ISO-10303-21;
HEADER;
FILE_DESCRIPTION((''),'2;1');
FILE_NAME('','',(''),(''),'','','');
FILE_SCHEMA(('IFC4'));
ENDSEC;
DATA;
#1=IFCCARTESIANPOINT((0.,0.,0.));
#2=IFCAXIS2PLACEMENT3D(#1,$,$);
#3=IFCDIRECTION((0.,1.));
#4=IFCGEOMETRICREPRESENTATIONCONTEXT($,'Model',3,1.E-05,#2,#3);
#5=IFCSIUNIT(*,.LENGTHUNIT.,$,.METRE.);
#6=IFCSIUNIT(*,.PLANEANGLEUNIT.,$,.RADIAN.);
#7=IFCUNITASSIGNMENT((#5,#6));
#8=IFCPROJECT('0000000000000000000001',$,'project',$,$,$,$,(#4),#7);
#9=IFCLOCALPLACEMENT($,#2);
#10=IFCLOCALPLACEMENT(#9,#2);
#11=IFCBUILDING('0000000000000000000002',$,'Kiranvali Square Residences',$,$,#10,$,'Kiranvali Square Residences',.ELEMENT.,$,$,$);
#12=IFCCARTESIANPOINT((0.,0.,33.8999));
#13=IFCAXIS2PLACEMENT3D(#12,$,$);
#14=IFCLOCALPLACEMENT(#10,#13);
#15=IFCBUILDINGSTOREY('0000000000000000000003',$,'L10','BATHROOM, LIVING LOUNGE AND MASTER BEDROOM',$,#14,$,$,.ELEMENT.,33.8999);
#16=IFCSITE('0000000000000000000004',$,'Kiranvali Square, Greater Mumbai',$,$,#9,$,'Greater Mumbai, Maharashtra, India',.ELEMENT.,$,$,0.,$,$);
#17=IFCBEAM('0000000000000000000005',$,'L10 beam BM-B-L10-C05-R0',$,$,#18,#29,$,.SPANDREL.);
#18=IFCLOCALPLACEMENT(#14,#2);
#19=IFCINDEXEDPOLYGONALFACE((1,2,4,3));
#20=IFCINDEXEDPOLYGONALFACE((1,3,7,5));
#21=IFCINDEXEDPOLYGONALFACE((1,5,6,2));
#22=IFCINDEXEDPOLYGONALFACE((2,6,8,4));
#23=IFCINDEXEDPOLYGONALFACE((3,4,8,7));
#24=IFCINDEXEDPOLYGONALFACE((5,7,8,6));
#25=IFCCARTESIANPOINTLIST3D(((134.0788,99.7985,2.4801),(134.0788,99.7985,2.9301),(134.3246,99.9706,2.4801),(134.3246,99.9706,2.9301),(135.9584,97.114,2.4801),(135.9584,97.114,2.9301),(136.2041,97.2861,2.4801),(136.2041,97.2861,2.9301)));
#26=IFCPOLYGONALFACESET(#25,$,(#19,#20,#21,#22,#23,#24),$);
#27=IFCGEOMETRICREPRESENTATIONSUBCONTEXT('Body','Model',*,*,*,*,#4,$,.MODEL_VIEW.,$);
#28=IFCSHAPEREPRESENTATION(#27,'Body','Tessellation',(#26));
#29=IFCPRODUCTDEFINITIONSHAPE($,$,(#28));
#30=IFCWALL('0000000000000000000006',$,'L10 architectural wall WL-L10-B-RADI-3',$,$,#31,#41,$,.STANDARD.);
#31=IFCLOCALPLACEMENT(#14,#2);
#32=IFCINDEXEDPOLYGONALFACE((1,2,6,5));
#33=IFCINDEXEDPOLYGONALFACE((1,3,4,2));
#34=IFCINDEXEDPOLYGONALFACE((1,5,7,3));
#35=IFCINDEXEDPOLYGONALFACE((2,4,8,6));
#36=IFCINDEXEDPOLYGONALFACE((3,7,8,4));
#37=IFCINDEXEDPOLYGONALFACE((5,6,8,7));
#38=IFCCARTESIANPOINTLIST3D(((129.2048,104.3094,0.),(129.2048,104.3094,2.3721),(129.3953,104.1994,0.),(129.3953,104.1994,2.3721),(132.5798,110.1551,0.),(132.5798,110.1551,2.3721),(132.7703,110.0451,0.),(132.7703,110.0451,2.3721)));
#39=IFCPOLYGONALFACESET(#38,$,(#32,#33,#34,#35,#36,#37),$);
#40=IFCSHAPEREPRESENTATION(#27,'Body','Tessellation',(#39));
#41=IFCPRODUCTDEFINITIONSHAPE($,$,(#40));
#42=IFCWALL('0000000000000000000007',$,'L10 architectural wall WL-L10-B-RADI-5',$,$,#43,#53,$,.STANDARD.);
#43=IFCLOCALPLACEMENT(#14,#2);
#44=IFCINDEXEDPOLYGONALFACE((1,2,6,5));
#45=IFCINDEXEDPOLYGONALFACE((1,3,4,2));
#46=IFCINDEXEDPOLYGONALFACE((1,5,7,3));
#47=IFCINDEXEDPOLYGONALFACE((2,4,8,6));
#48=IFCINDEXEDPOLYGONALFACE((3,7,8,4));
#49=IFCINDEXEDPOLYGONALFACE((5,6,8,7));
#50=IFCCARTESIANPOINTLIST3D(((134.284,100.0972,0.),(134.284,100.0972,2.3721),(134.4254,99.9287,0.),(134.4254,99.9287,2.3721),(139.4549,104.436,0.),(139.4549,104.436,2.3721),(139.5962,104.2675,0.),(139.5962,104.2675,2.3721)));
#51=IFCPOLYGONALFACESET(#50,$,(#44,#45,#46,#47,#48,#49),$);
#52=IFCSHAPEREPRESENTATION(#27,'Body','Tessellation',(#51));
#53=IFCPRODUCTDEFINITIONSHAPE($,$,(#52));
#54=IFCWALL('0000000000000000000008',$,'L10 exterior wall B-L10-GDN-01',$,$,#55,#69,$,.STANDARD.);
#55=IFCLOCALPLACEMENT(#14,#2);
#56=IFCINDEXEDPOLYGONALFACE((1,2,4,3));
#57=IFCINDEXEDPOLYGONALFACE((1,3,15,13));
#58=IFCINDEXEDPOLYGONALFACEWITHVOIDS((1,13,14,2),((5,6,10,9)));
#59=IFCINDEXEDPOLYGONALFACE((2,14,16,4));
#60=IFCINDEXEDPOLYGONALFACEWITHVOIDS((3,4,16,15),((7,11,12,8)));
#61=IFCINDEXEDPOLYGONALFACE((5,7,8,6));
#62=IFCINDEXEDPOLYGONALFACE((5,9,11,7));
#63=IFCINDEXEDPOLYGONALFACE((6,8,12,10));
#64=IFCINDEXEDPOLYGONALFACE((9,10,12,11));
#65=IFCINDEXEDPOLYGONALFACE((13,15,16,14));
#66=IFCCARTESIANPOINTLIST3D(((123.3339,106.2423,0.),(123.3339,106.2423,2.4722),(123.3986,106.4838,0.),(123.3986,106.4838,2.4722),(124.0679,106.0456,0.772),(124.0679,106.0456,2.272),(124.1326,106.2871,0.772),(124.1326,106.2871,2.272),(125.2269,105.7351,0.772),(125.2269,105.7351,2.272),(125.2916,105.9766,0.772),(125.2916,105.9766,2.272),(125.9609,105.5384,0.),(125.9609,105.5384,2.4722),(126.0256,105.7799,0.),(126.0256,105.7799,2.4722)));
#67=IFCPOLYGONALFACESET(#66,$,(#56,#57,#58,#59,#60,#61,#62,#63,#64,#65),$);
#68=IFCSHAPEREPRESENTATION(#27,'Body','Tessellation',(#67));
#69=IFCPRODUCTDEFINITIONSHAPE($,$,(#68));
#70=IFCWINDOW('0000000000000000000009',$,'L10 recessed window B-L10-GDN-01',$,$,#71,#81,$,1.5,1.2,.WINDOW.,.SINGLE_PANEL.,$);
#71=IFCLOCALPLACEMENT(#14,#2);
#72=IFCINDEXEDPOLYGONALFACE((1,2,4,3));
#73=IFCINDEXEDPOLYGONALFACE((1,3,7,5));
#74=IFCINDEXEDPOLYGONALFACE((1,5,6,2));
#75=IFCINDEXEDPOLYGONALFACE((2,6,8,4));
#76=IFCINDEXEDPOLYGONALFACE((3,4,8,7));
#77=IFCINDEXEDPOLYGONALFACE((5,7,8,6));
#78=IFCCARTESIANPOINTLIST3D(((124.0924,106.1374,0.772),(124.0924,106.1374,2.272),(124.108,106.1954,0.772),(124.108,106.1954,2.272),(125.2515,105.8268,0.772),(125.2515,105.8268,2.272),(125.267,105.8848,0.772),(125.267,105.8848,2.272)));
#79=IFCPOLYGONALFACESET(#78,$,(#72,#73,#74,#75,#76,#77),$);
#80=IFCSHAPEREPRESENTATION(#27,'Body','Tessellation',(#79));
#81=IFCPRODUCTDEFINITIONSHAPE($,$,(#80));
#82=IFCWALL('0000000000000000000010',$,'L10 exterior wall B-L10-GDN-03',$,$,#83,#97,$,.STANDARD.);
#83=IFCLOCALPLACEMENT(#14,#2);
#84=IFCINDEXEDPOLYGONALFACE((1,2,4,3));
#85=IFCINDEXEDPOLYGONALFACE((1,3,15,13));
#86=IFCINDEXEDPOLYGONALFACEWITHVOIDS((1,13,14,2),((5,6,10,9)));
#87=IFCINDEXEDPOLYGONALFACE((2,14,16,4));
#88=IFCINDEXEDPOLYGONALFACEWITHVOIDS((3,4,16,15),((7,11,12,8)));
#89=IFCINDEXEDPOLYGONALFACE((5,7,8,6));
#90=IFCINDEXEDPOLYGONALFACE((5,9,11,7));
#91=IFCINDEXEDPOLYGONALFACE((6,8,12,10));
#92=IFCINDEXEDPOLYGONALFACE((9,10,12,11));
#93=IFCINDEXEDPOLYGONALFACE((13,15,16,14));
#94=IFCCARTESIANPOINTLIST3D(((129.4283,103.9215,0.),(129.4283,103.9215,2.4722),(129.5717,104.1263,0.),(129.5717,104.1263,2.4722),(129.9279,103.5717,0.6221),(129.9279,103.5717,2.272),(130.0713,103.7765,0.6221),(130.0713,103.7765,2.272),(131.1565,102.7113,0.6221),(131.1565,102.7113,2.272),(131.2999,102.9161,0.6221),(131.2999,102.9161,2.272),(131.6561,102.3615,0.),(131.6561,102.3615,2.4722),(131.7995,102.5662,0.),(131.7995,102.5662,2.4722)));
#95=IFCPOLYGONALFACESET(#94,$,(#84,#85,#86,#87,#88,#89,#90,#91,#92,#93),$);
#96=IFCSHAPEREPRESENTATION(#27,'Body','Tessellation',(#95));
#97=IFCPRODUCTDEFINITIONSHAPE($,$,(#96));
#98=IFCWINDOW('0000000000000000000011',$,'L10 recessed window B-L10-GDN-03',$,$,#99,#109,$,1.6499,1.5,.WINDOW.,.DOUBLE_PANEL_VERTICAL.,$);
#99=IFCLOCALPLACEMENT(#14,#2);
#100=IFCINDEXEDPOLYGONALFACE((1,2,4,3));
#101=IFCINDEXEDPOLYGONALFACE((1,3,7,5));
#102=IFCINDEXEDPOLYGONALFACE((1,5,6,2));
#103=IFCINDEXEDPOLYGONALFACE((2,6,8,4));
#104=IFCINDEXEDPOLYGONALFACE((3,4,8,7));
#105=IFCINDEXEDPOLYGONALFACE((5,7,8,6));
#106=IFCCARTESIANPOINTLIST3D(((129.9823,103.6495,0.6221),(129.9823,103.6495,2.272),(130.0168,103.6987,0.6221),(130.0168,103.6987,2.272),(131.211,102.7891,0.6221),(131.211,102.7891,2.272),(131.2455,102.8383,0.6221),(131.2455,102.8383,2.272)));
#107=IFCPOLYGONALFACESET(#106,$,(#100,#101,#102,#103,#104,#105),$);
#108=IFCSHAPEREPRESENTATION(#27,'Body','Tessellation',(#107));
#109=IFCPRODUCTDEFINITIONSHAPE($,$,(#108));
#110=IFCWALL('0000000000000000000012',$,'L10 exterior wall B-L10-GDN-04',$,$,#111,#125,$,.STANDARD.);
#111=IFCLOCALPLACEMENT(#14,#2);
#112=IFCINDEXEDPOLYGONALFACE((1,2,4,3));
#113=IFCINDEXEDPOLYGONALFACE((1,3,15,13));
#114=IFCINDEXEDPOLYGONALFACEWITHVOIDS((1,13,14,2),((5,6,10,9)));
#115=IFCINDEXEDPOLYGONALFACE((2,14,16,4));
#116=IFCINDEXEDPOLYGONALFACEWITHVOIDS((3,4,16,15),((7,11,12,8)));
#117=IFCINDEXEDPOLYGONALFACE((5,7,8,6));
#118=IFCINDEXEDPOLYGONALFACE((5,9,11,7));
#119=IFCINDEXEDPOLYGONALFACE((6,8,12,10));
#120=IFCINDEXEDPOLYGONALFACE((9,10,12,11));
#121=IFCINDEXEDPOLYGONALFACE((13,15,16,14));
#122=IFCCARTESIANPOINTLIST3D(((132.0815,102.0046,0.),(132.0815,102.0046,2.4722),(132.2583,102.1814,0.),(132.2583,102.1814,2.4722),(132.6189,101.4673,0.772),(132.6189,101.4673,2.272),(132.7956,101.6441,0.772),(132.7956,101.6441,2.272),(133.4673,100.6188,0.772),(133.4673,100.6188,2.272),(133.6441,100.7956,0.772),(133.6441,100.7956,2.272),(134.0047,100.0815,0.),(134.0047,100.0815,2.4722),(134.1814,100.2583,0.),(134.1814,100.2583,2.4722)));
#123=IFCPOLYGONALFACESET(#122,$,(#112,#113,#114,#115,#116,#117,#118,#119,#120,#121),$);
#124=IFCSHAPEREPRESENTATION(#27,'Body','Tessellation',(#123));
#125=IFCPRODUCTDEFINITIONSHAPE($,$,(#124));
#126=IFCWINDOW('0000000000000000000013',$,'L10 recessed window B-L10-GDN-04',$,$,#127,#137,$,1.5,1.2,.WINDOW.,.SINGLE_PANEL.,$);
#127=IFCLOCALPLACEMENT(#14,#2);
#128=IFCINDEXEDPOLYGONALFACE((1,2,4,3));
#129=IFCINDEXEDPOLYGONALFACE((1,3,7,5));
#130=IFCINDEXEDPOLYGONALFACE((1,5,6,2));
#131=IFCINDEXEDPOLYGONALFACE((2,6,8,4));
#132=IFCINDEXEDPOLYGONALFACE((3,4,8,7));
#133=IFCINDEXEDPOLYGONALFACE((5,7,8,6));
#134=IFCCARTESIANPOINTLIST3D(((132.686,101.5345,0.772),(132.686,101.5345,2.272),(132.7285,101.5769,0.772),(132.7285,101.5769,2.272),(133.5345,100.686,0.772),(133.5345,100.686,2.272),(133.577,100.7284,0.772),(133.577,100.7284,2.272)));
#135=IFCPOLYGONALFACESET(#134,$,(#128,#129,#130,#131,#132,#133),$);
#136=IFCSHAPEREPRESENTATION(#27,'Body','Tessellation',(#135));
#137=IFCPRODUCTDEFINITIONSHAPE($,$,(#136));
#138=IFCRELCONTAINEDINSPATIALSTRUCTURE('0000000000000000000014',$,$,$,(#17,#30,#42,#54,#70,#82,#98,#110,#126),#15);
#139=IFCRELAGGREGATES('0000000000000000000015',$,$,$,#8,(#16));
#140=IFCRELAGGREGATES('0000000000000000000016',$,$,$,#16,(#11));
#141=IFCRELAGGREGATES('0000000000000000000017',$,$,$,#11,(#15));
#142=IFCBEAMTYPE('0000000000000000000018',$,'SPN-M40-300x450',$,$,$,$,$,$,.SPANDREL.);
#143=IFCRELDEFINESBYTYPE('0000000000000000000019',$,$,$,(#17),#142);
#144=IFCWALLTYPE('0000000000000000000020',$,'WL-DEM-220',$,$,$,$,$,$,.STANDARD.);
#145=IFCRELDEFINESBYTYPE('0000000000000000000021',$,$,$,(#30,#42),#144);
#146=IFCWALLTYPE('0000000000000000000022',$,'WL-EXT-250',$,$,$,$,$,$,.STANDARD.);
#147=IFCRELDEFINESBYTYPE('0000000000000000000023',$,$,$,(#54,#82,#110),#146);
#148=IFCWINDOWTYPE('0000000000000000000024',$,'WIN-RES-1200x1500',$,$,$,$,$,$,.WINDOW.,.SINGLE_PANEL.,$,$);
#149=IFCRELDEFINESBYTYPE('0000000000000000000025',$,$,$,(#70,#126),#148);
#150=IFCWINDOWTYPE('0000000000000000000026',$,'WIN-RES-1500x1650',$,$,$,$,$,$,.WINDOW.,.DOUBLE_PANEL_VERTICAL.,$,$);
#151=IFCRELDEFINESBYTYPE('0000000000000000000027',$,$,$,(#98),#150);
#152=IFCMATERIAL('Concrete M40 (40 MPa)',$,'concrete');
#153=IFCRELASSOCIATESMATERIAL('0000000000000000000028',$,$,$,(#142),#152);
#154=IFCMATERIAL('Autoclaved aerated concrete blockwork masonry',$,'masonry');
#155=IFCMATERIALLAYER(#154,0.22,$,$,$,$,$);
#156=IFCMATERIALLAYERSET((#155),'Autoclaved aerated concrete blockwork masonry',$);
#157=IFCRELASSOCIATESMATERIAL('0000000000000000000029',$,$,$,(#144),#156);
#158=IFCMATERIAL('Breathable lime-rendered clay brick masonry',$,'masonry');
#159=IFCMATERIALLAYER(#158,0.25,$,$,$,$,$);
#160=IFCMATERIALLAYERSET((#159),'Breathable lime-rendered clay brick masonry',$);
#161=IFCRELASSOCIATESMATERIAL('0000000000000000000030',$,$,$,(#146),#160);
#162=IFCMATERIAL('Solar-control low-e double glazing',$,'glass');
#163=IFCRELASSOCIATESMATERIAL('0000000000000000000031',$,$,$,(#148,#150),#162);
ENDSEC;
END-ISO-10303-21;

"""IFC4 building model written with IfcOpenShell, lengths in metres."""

from ifc_helpers import new_model, si_unit, direction, frame, frame_2d, origin, origin_2d, place, context, subcontext, project, spatial, rectangle, extrude, material, layer, layer_set, material_profile, profile_set, type_object, element, fill, save


model = new_model("IFC4")

# Units and contexts
model_context = context("Model", 3, precision=1e-05, world=origin(), true_north=direction((0.0, 1.0)))
body_context = subcontext(model_context, "Body", "Model", "MODEL_VIEW")
ifc_project = project(units=[si_unit("LENGTHUNIT", "METRE"), si_unit("PLANEANGLEUNIT", "RADIAN")], contexts=[model_context])

# Site, building, storey
site_placement = place(None, origin())
site = spatial("IfcSite", under=ifc_project, at=site_placement, Name="Kiranvali Square, Greater Mumbai", LongName="Greater Mumbai, Maharashtra, India", CompositionType="ELEMENT", RefElevation=0.0)
building_placement = place(site_placement, origin())
building = spatial("IfcBuilding", under=site, at=building_placement, Name="Kiranvali Square Residences", LongName="Kiranvali Square Residences", CompositionType="ELEMENT")
storey_placement = place(building_placement, frame((0.0, 0.0, 33.8999)))
storey = spatial("IfcBuildingStorey", under=building, at=storey_placement, Name="L10", Description="BATHROOM, LIVING LOUNGE AND MASTER BEDROOM", CompositionType="ELEMENT", Elevation=33.8999)

# Shared definitions
ifc_material_1 = material(Name="Concrete M40 (40 MPa)", Category="concrete")

# Beam
ifc_material_profile_1 = material_profile(ifc_material_1, rectangle(XDim=0.3, YDim=0.45, at=origin_2d()), Name="RC 300x450")
ifc_profile_set_1 = profile_set([ifc_material_profile_1], Name="Concrete M40 (40 MPa)")
beam_type_1 = type_object("IfcBeamType", Name="SPN-M40-300x450", PredefinedType="SPANDREL", material=ifc_profile_set_1)
beam_1_placement = place(storey_placement, frame((134.2017, 99.8845, 2.7051), z_axis=(0.573552, -0.819169, 0.0), x_axis=(0.819169, 0.573552, 0.0)))
element("IfcBeam", 1, at=beam_1_placement, inside=storey, type_object=beam_type_1, Name="L10 beam BM-B-L10-C05-R0", PredefinedType="SPANDREL", context=body_context, shape_type="SweptSolid", body=[
    extrude(rectangle(XDim=0.3, YDim=0.45, at=origin_2d()), origin(), (0.0, 0.0, 1.0), 3.2771),
])

# Walls
ifc_material_2 = material(Name="Autoclaved aerated concrete blockwork masonry", Category="masonry")
ifc_layer_1 = layer(ifc_material_2, 0.22)
ifc_layer_set_1 = layer_set([ifc_layer_1], Name="Autoclaved aerated concrete blockwork masonry")
wall_type_1 = type_object("IfcWallType", Name="WL-DEM-220", PredefinedType="STANDARD", material=ifc_layer_set_1)
for number, where, z_axis, x_axis, name in (
    (2, (129.3, 104.2544, 0.0), (0.0, 0.0, 1.0), (0.499998, 0.866027, 0.0), "L10 architectural wall WL-L10-B-RADI-3"),
    (3, (134.3547, 100.0129, 0.0), (0.0, 0.0, 1.0), (0.766047, 0.642785, 0.0), "L10 architectural wall WL-L10-B-RADI-5"),
):
    element("IfcWall", number, at=place(storey_placement, frame(where, z_axis=z_axis, x_axis=x_axis)), inside=storey, type_object=wall_type_1, Name=name, PredefinedType="STANDARD", context=body_context, shape_type="SweptSolid", body=[
        extrude(rectangle(XDim=6.75, YDim=0.22, at=frame_2d((3.375, 0.0))), origin(), (0.0, 0.0, 1.0), 2.3721),
    ])

# Wall, opening, window
ifc_material_3 = material(Name="Breathable lime-rendered clay brick masonry", Category="masonry")
ifc_layer_2 = layer(ifc_material_3, 0.25)
ifc_layer_set_2 = layer_set([ifc_layer_2], Name="Breathable lime-rendered clay brick masonry")
wall_type_2 = type_object("IfcWallType", Name="WL-EXT-250", PredefinedType="STANDARD", material=ifc_layer_set_2)
wall_1_placement = place(storey_placement, frame((123.3662, 106.363, 0.0), z_axis=(0.0, 0.0, 1.0), x_axis=(0.965929, -0.258808, 0.0)))
wall_1 = element("IfcWall", 4, at=wall_1_placement, inside=storey, type_object=wall_type_2, Name="L10 exterior wall B-L10-GDN-01", PredefinedType="STANDARD", context=body_context, shape_type="SweptSolid", body=[
    extrude(rectangle(XDim=2.7197, YDim=0.25, at=frame_2d((1.3599, 0.0))), origin(), (0.0, 0.0, 1.0), 2.4722),
])
opening_1_placement = place(wall_1_placement, frame((0.7598, 0.0, 0.772)))
opening_1 = element("IfcOpeningElement", 5, at=opening_1_placement, cuts=wall_1, PredefinedType="OPENING", context=body_context, shape_type="SweptSolid", body=[
    extrude(rectangle(XDim=1.2, YDim=1.5, at=frame_2d((0.6001, 0.75))), frame((0.0, 0.135, 0.0), z_axis=(0.0, -1.0, 0.0), x_axis=(1.0, 0.0, 0.0)), (0.0, 0.0, 1.0), 0.27),
])
ifc_material_4 = material(Name="Solar-control low-e double glazing", Category="glass")
window_type_1 = type_object("IfcWindowType", Name="WIN-RES-1200x1500", PartitioningType="SINGLE_PANEL", PredefinedType="WINDOW", material=ifc_material_4)
window_1_placement = place(opening_1_placement, origin())
window_1 = element("IfcWindow", 6, at=window_1_placement, inside=storey, type_object=window_type_1, Name="L10 recessed window B-L10-GDN-01", OverallHeight=1.5, OverallWidth=1.2, PartitioningType="SINGLE_PANEL", PredefinedType="WINDOW", context=body_context, shape_type="SweptSolid", body=[
    extrude(rectangle(XDim=1.2, YDim=1.5, at=frame_2d((0.6001, 0.75))), frame((0.0, 0.03, 0.0), z_axis=(0.0, -1.0, 0.0), x_axis=(1.0, 0.0, 0.0)), (0.0, 0.0, 1.0), 0.0601),
])
fill(opening_1, window_1)

# Walls, openings, windows
wall_2_placement = place(storey_placement, frame((129.5, 104.0239, 0.0), z_axis=(0.0, 0.0, 1.0), x_axis=(0.819126, -0.573613, 0.0)))
wall_2 = element("IfcWall", 7, at=wall_2_placement, inside=storey, type_object=wall_type_2, Name="L10 exterior wall B-L10-GDN-03", PredefinedType="STANDARD", context=body_context, shape_type="SweptSolid", body=[
    extrude(rectangle(XDim=2.7197, YDim=0.25, at=frame_2d((1.3599, 0.0))), origin(), (0.0, 0.0, 1.0), 2.4722),
])
opening_2_placement = place(wall_2_placement, frame((0.6099, 0.0, 0.6221)))
opening_2 = element("IfcOpeningElement", 8, at=opening_2_placement, cuts=wall_2, PredefinedType="OPENING", context=body_context, shape_type="SweptSolid", body=[
    extrude(rectangle(XDim=1.5, YDim=1.6499, at=frame_2d((0.75, 0.825))), frame((0.0, 0.135, 0.0), z_axis=(0.0, -1.0, 0.0), x_axis=(1.0, 0.0, 0.0)), (0.0, 0.0, 1.0), 0.27),
])
window_type_2 = type_object("IfcWindowType", Name="WIN-RES-1500x1650", PartitioningType="DOUBLE_PANEL_VERTICAL", PredefinedType="WINDOW", material=ifc_material_4)
window_2_placement = place(opening_2_placement, origin())
window_2 = element("IfcWindow", 9, at=window_2_placement, inside=storey, type_object=window_type_2, Name="L10 recessed window B-L10-GDN-03", OverallHeight=1.6499, OverallWidth=1.5, PartitioningType="DOUBLE_PANEL_VERTICAL", PredefinedType="WINDOW", context=body_context, shape_type="SweptSolid", body=[
    extrude(rectangle(XDim=1.5, YDim=1.6499, at=frame_2d((0.75, 0.825))), frame((0.0, 0.03, 0.0), z_axis=(0.0, -1.0, 0.0), x_axis=(1.0, 0.0, 0.0)), (0.0, 0.0, 1.0), 0.0601),
])
fill(opening_2, window_2)
wall_3_placement = place(storey_placement, frame((132.1699, 102.093, 0.0), z_axis=(0.0, 0.0, 1.0), x_axis=(0.707107, -0.707107, 0.0)))
wall_3 = element("IfcWall", 10, at=wall_3_placement, inside=storey, type_object=wall_type_2, Name="L10 exterior wall B-L10-GDN-04", PredefinedType="STANDARD", context=body_context, shape_type="SweptSolid", body=[
    extrude(rectangle(XDim=2.7197, YDim=0.25, at=frame_2d((1.3599, 0.0))), origin(), (0.0, 0.0, 1.0), 2.4722),
])
opening_3_placement = place(wall_3_placement, frame((0.7598, 0.0, 0.772)))
opening_3 = element("IfcOpeningElement", 11, at=opening_3_placement, cuts=wall_3, PredefinedType="OPENING", context=body_context, shape_type="SweptSolid", body=[
    extrude(rectangle(XDim=1.2, YDim=1.5, at=frame_2d((0.6001, 0.75))), frame((0.0, 0.135, 0.0), z_axis=(0.0, -1.0, 0.0), x_axis=(1.0, 0.0, 0.0)), (0.0, 0.0, 1.0), 0.27),
])
window_3_placement = place(opening_3_placement, origin())
window_3 = element("IfcWindow", 12, at=window_3_placement, inside=storey, type_object=window_type_1, Name="L10 recessed window B-L10-GDN-04", OverallHeight=1.5, OverallWidth=1.2, PartitioningType="SINGLE_PANEL", PredefinedType="WINDOW", context=body_context, shape_type="SweptSolid", body=[
    extrude(rectangle(XDim=1.2, YDim=1.5, at=frame_2d((0.6001, 0.75))), frame((0.0, 0.03, 0.0), z_axis=(0.0, -1.0, 0.0), x_axis=(1.0, 0.0, 0.0)), (0.0, 0.0, 1.0), 0.0601),
])
fill(opening_3, window_3)

save(model, "model.ifc")
